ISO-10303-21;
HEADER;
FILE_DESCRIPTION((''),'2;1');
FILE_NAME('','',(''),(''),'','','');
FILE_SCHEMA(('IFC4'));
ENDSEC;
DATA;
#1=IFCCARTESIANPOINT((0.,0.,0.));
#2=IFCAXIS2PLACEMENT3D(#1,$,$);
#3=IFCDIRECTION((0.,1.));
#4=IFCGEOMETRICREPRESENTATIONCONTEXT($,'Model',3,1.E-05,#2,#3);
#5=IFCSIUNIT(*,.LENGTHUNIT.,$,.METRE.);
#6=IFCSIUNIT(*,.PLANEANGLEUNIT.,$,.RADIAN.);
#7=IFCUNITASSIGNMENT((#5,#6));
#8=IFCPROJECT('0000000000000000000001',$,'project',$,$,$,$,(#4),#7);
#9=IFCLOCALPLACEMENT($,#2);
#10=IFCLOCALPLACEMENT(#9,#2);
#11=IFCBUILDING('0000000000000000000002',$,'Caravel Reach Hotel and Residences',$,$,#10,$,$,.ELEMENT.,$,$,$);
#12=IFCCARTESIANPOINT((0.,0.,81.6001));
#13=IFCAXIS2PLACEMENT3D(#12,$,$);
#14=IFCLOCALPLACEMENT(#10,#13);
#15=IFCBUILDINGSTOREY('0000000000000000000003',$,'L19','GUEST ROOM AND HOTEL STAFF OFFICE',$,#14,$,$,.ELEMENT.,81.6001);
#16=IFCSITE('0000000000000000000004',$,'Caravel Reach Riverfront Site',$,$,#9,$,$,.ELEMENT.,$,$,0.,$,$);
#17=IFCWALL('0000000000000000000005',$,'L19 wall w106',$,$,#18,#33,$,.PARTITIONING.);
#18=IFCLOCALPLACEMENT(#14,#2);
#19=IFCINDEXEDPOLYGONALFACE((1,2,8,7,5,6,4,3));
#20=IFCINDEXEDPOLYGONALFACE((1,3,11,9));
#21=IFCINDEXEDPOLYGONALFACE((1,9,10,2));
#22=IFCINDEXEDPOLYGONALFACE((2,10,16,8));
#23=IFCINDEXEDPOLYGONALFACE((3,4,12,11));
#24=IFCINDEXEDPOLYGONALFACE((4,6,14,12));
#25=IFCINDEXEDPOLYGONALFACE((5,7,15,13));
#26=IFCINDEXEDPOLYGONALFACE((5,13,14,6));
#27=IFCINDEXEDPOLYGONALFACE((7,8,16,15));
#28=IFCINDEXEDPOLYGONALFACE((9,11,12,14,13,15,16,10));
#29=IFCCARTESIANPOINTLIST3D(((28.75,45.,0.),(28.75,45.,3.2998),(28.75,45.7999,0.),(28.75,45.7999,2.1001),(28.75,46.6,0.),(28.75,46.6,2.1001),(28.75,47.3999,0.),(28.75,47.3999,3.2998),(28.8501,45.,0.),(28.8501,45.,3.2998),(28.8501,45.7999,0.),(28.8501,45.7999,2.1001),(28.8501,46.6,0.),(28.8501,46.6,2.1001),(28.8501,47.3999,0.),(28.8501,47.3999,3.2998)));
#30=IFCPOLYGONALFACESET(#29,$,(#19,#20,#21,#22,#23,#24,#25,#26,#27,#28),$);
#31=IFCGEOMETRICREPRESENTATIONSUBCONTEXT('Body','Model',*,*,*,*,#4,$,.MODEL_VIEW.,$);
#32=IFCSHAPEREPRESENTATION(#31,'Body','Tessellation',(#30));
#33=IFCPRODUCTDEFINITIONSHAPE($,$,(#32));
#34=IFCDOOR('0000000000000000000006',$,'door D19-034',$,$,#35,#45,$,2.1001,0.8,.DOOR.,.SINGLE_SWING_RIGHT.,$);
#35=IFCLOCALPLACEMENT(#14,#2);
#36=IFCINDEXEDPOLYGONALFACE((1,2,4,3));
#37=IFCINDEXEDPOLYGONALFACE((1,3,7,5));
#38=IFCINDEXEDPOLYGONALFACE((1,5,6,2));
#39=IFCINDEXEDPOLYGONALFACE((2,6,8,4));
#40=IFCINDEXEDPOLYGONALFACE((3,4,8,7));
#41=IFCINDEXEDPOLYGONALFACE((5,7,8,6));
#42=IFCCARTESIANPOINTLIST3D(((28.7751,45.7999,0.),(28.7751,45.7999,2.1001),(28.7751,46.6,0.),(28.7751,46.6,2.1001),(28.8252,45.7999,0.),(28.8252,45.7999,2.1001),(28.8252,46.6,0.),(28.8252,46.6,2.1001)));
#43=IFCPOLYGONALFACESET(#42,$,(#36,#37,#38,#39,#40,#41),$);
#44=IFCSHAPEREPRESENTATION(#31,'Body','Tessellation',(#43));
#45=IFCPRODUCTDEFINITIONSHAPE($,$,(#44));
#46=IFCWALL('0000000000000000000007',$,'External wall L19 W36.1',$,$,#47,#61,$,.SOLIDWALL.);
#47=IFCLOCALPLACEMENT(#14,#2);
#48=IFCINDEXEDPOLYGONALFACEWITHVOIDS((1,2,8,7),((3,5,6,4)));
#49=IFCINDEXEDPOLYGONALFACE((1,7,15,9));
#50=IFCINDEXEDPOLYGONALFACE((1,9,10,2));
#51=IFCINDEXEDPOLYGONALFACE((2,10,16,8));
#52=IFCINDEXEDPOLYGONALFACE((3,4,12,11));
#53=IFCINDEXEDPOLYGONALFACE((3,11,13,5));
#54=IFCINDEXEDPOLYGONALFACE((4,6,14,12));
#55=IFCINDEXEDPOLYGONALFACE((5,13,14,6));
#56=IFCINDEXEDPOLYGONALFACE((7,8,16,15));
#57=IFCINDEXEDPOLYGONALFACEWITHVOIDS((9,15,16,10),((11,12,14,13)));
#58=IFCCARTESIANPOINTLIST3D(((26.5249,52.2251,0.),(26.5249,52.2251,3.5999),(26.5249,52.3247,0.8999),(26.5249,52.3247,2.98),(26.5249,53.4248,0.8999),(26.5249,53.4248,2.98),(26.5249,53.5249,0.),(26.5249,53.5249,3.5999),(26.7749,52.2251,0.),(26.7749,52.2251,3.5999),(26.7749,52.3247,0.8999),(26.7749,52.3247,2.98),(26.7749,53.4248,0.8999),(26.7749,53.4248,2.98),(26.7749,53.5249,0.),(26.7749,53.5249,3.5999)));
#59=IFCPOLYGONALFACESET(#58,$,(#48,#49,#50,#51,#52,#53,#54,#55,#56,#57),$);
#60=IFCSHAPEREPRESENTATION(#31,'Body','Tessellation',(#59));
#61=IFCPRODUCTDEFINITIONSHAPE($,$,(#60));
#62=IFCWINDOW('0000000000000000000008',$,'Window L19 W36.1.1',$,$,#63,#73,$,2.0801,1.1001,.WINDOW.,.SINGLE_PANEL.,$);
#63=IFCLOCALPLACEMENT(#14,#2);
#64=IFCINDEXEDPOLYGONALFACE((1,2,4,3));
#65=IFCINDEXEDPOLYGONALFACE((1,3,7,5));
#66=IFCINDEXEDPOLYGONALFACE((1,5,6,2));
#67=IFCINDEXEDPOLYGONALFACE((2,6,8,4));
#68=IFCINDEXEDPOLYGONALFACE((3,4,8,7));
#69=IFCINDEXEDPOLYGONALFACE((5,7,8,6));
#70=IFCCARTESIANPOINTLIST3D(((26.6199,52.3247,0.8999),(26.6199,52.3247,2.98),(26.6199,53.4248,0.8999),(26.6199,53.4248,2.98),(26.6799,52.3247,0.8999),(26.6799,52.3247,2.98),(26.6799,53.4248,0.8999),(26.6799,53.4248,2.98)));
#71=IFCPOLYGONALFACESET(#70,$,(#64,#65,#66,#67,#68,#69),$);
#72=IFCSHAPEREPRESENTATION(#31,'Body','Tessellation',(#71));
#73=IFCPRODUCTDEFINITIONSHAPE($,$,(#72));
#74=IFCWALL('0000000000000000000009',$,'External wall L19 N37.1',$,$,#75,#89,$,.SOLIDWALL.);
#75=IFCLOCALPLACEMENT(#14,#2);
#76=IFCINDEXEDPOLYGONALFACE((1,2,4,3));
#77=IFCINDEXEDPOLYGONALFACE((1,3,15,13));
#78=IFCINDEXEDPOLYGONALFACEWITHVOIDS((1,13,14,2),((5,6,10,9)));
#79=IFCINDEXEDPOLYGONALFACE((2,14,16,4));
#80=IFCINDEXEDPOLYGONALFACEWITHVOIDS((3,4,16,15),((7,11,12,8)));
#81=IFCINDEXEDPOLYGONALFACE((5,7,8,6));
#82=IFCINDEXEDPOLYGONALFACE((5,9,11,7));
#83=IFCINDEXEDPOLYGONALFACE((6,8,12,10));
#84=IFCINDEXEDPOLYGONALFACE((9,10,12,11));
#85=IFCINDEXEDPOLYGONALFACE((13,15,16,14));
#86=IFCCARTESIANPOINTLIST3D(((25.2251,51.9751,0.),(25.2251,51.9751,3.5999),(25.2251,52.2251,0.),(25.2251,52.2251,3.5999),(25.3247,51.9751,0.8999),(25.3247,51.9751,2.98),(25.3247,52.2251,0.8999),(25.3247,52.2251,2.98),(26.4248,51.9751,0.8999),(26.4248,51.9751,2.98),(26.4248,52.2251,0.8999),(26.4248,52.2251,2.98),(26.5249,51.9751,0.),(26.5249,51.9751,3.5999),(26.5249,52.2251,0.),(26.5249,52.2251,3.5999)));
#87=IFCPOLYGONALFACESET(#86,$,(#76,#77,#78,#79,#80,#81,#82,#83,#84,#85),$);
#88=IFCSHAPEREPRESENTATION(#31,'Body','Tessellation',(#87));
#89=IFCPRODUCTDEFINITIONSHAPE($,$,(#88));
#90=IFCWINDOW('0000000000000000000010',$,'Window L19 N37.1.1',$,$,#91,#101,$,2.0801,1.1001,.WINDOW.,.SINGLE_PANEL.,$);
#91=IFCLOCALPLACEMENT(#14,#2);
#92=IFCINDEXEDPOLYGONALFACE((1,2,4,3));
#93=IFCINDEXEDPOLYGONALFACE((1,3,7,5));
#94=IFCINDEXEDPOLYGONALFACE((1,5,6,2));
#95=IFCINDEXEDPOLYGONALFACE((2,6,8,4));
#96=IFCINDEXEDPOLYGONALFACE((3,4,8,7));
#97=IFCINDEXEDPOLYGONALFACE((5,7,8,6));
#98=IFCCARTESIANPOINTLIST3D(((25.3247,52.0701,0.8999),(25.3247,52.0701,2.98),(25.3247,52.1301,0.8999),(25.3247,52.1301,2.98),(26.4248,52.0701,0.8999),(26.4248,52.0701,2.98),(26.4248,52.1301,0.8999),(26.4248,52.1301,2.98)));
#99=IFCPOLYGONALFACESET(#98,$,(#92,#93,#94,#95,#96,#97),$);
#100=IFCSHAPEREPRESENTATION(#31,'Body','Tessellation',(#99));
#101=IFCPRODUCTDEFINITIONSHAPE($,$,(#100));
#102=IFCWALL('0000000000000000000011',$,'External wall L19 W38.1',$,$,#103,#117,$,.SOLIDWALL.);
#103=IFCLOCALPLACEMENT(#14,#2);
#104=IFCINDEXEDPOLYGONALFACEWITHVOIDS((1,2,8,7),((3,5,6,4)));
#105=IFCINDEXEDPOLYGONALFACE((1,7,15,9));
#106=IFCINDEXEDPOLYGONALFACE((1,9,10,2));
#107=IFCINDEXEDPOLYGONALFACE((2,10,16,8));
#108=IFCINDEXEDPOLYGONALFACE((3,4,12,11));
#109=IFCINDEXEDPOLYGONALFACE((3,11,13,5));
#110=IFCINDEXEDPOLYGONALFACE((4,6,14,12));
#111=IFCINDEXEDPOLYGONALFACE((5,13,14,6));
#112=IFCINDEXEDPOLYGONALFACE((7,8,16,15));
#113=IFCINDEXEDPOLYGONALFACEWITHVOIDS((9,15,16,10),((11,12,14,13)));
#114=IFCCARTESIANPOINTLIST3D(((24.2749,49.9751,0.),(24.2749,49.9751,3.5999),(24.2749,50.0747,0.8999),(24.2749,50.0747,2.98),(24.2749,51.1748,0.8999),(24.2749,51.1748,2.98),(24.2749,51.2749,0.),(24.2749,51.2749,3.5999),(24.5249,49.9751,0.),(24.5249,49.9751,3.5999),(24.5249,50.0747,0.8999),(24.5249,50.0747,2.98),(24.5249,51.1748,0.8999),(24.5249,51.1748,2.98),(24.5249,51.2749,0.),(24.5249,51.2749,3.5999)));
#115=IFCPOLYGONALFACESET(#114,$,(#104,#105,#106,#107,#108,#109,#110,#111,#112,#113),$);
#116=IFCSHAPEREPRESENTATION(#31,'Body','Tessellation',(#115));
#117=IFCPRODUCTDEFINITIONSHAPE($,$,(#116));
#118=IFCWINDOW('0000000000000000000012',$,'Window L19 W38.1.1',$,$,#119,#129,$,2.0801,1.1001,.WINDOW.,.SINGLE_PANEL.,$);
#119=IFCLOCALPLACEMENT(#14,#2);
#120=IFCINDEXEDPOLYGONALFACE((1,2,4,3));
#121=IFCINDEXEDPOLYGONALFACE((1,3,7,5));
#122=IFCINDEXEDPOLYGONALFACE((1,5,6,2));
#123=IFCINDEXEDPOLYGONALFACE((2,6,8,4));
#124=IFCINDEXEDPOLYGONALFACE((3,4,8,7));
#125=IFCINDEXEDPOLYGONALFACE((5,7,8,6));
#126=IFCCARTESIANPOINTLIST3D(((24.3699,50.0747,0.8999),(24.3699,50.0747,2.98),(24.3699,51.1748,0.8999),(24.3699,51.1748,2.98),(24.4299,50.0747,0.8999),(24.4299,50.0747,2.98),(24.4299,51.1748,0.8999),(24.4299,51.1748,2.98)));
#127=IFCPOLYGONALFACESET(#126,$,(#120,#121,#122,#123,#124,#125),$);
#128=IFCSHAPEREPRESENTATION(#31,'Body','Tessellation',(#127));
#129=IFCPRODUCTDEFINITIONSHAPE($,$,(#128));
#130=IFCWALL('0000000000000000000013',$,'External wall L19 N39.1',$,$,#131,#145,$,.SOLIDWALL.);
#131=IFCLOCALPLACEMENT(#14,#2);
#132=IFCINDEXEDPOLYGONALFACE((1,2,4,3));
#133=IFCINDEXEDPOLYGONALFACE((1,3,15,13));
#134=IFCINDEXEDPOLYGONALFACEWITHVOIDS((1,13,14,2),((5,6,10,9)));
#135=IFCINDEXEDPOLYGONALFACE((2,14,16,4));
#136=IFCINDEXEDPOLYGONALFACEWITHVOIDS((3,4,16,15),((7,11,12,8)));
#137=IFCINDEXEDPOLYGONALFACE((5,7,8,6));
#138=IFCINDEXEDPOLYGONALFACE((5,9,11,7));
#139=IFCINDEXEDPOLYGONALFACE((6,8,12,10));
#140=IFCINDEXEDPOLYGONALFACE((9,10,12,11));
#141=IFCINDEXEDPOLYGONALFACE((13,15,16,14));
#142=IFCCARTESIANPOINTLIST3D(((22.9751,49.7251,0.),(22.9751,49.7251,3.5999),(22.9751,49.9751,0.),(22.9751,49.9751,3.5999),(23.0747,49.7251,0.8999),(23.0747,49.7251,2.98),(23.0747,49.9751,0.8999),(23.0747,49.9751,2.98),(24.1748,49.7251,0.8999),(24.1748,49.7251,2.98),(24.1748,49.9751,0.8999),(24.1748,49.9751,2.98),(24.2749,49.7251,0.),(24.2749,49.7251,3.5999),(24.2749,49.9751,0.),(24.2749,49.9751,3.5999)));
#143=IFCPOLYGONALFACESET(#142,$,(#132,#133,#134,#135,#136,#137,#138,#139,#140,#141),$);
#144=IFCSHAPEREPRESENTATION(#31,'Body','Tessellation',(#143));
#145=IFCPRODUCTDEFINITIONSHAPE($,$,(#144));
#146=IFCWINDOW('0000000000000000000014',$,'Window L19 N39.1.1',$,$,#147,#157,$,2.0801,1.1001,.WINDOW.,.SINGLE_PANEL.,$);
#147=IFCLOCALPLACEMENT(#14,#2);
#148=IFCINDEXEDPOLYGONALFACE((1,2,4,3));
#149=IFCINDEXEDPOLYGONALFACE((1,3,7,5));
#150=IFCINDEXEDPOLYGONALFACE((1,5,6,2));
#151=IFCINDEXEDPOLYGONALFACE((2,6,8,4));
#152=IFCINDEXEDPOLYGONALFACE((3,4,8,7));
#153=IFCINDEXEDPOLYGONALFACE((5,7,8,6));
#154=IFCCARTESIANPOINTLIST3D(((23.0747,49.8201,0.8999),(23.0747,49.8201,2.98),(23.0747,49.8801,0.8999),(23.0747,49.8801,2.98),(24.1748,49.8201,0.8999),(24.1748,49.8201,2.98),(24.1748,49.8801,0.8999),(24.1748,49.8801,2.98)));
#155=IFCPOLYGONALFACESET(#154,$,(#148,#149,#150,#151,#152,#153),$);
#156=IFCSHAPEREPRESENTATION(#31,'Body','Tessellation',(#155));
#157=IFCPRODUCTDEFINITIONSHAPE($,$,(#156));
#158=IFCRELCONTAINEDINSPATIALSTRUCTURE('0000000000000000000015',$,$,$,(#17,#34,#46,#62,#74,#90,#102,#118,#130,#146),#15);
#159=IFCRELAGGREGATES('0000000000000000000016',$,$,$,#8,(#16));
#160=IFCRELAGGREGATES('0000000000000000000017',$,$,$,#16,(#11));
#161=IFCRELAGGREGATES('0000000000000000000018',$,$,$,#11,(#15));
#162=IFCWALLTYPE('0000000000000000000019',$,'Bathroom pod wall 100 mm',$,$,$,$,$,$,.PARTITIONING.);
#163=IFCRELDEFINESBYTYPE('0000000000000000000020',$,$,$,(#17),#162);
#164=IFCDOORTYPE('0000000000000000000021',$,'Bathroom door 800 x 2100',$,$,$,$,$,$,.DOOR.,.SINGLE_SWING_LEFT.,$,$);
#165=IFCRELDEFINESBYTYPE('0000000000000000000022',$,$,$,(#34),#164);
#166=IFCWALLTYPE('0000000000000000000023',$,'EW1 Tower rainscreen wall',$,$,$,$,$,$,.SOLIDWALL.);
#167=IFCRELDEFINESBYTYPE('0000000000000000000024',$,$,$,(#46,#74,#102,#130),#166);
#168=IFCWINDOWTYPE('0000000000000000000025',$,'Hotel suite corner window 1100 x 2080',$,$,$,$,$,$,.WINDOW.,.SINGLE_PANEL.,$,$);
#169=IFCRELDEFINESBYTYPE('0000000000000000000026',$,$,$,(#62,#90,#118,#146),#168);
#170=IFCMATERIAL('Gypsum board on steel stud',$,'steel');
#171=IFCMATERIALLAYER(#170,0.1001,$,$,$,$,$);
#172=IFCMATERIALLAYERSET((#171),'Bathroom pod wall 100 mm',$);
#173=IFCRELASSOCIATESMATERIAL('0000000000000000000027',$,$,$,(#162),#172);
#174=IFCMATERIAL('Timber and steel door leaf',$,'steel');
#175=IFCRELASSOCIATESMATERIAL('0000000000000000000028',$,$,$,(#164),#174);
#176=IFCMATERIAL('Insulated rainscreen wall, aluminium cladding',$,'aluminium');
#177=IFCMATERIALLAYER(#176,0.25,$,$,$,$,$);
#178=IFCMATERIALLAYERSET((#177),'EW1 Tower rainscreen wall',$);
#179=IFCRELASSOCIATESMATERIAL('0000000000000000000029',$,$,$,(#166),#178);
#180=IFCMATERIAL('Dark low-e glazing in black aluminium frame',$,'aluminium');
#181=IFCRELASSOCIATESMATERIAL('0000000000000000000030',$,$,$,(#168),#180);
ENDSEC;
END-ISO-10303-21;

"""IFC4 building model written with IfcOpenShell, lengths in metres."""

from ifc_helpers import new_model, si_unit, direction, frame, frame_2d, origin, place, context, subcontext, project, spatial, rectangle, extrude, material, layer, layer_set, type_object, element, fill, save


model = new_model("IFC4")

# Units and contexts
model_context = context("Model", 3, precision=1e-05, world=origin(), true_north=direction((0.0, 1.0)))
body_context = subcontext(model_context, "Body", "Model", "MODEL_VIEW")
ifc_project = project(units=[si_unit("LENGTHUNIT", "METRE"), si_unit("PLANEANGLEUNIT", "RADIAN")], contexts=[model_context])

# Site, building, storey
site_placement = place(None, origin())
site = spatial("IfcSite", under=ifc_project, at=site_placement, Name="Caravel Reach Riverfront Site", CompositionType="ELEMENT", RefElevation=0.0)
building_placement = place(site_placement, origin())
building = spatial("IfcBuilding", under=site, at=building_placement, Name="Caravel Reach Hotel and Residences", CompositionType="ELEMENT")
storey_placement = place(building_placement, frame((0.0, 0.0, 81.6001)))
storey = spatial("IfcBuildingStorey", under=building, at=storey_placement, Name="L19", Description="GUEST ROOM AND HOTEL STAFF OFFICE", CompositionType="ELEMENT", Elevation=81.6001)

# Shared definitions
ifc_material_1 = material(Name="Gypsum board on steel stud", Category="steel")
ifc_layer_1 = layer(ifc_material_1, 0.1001)
ifc_layer_set_1 = layer_set([ifc_layer_1], Name="Bathroom pod wall 100 mm")
wall_type_1 = type_object("IfcWallType", Name="Bathroom pod wall 100 mm", PredefinedType="PARTITIONING", material=ifc_layer_set_1)

# Wall, opening, door
wall_1_placement = place(storey_placement, frame((28.8, 45.0, 0.0), z_axis=(0.0, 0.0, 1.0), x_axis=(0.0, 1.0, 0.0)))
wall_1 = element("IfcWall", 1, at=wall_1_placement, inside=storey, type_object=wall_type_1, Name="L19 wall w106", PredefinedType="PARTITIONING", context=body_context, shape_type="SweptSolid", body=[
    extrude(rectangle(XDim=2.3999, YDim=0.1001, at=frame_2d((1.2, 0.0))), origin(), (0.0, 0.0, 1.0), 3.2998),
])
opening_1_placement = place(wall_1_placement, frame((0.8, 0.0, 0.0)))
opening_1 = element("IfcOpeningElement", 2, at=opening_1_placement, cuts=wall_1, PredefinedType="OPENING", context=body_context, shape_type="SweptSolid", body=[
    extrude(rectangle(XDim=0.8, YDim=2.1001, at=frame_2d((0.3999, 1.05))), frame((0.0, 0.0601, 0.0), z_axis=(0.0, -1.0, 0.0), x_axis=(1.0, 0.0, 0.0)), (0.0, 0.0, 1.0), 0.1201),
])
ifc_material_2 = material(Name="Timber and steel door leaf", Category="steel")
door_type = type_object("IfcDoorType", Name="Bathroom door 800 x 2100", OperationType="SINGLE_SWING_LEFT", PredefinedType="DOOR", material=ifc_material_2)
door_placement = place(opening_1_placement, origin())
door = element("IfcDoor", 3, at=door_placement, inside=storey, type_object=door_type, Name="door D19-034", OperationType="SINGLE_SWING_RIGHT", OverallHeight=2.1001, OverallWidth=0.8, PredefinedType="DOOR", context=body_context, shape_type="SweptSolid", body=[
    extrude(rectangle(XDim=0.8, YDim=2.1001, at=frame_2d((0.3999, 1.05))), frame((0.0, 0.0249, 0.0), z_axis=(0.0, -1.0, 0.0), x_axis=(1.0, 0.0, 0.0)), (0.0, 0.0, 1.0), 0.05),
])
fill(opening_1, door)

# Walls, openings, windows
ifc_material_3 = material(Name="Insulated rainscreen wall, aluminium cladding", Category="aluminium")
ifc_layer_2 = layer(ifc_material_3, 0.25)
ifc_layer_set_2 = layer_set([ifc_layer_2], Name="EW1 Tower rainscreen wall")
wall_type_2 = type_object("IfcWallType", Name="EW1 Tower rainscreen wall", PredefinedType="SOLIDWALL", material=ifc_layer_set_2)
wall_2_placement = place(storey_placement, frame((26.6499, 53.5249, 0.0), z_axis=(0.0, 0.0, 1.0), x_axis=(0.0, -1.0, 0.0)))
wall_2 = element("IfcWall", 4, at=wall_2_placement, inside=storey, type_object=wall_type_2, Name="External wall L19 W36.1", PredefinedType="SOLIDWALL", context=body_context, shape_type="SweptSolid", body=[
    extrude(rectangle(XDim=1.2998, YDim=0.25, at=frame_2d((0.6499, 0.0))), origin(), (0.0, 0.0, 1.0), 3.5999),
])
opening_2_placement = place(wall_2_placement, frame((0.1001, 0.0, 0.8999)))
opening_2 = element("IfcOpeningElement", 5, at=opening_2_placement, cuts=wall_2, PredefinedType="OPENING", context=body_context, shape_type="SweptSolid", body=[
    extrude(rectangle(XDim=1.1001, YDim=2.0801, at=frame_2d((0.55, 1.04))), frame((0.0, 0.135, 0.0), z_axis=(0.0, -1.0, 0.0), x_axis=(1.0, 0.0, 0.0)), (0.0, 0.0, 1.0), 0.27),
])
ifc_material_4 = material(Name="Dark low-e glazing in black aluminium frame", Category="aluminium")
window_type_1 = type_object("IfcWindowType", Name="Hotel suite corner window 1100 x 2080", PartitioningType="SINGLE_PANEL", PredefinedType="WINDOW", material=ifc_material_4)
window_1_placement = place(opening_2_placement, origin())
window_1 = element("IfcWindow", 6, at=window_1_placement, inside=storey, type_object=window_type_1, Name="Window L19 W36.1.1", OverallHeight=2.0801, OverallWidth=1.1001, PartitioningType="SINGLE_PANEL", PredefinedType="WINDOW", context=body_context, shape_type="SweptSolid", body=[
    extrude(rectangle(XDim=1.1001, YDim=2.0801, at=frame_2d((0.55, 1.04))), frame((0.0, 0.03, 0.0), z_axis=(0.0, -1.0, 0.0), x_axis=(1.0, 0.0, 0.0)), (0.0, 0.0, 1.0), 0.0601),
])
fill(opening_2, window_1)
wall_3_placement = place(storey_placement, frame((26.5249, 52.1001, 0.0), z_axis=(0.0, 0.0, 1.0), x_axis=(-1.0, 0.0, 0.0)))
wall_3 = element("IfcWall", 7, at=wall_3_placement, inside=storey, type_object=wall_type_2, Name="External wall L19 N37.1", PredefinedType="SOLIDWALL", context=body_context, shape_type="SweptSolid", body=[
    extrude(rectangle(XDim=1.2998, YDim=0.25, at=frame_2d((0.6499, 0.0))), origin(), (0.0, 0.0, 1.0), 3.5999),
])
opening_3_placement = place(wall_3_placement, frame((0.1001, 0.0, 0.8999)))
opening_3 = element("IfcOpeningElement", 8, at=opening_3_placement, cuts=wall_3, PredefinedType="OPENING", context=body_context, shape_type="SweptSolid", body=[
    extrude(rectangle(XDim=1.1001, YDim=2.0801, at=frame_2d((0.55, 1.04))), frame((0.0, 0.135, 0.0), z_axis=(0.0, -1.0, 0.0), x_axis=(1.0, 0.0, 0.0)), (0.0, 0.0, 1.0), 0.27),
])
window_2_placement = place(opening_3_placement, origin())
window_2 = element("IfcWindow", 9, at=window_2_placement, inside=storey, type_object=window_type_1, Name="Window L19 N37.1.1", OverallHeight=2.0801, OverallWidth=1.1001, PartitioningType="SINGLE_PANEL", PredefinedType="WINDOW", context=body_context, shape_type="SweptSolid", body=[
    extrude(rectangle(XDim=1.1001, YDim=2.0801, at=frame_2d((0.55, 1.04))), frame((0.0, 0.03, 0.0), z_axis=(0.0, -1.0, 0.0), x_axis=(1.0, 0.0, 0.0)), (0.0, 0.0, 1.0), 0.0601),
])
fill(opening_3, window_2)
wall_4_placement = place(storey_placement, frame((24.3999, 51.2749, 0.0), z_axis=(0.0, 0.0, 1.0), x_axis=(0.0, -1.0, 0.0)))
wall_4 = element("IfcWall", 10, at=wall_4_placement, inside=storey, type_object=wall_type_2, Name="External wall L19 W38.1", PredefinedType="SOLIDWALL", context=body_context, shape_type="SweptSolid", body=[
    extrude(rectangle(XDim=1.2998, YDim=0.25, at=frame_2d((0.6499, 0.0))), origin(), (0.0, 0.0, 1.0), 3.5999),
])
opening_4_placement = place(wall_4_placement, frame((0.1001, 0.0, 0.8999)))
opening_4 = element("IfcOpeningElement", 11, at=opening_4_placement, cuts=wall_4, PredefinedType="OPENING", context=body_context, shape_type="SweptSolid", body=[
    extrude(rectangle(XDim=1.1001, YDim=2.0801, at=frame_2d((0.55, 1.04))), frame((0.0, 0.135, 0.0), z_axis=(0.0, -1.0, 0.0), x_axis=(1.0, 0.0, 0.0)), (0.0, 0.0, 1.0), 0.27),
])
window_3_placement = place(opening_4_placement, origin())
window_3 = element("IfcWindow", 12, at=window_3_placement, inside=storey, type_object=window_type_1, Name="Window L19 W38.1.1", OverallHeight=2.0801, OverallWidth=1.1001, PartitioningType="SINGLE_PANEL", PredefinedType="WINDOW", context=body_context, shape_type="SweptSolid", body=[
    extrude(rectangle(XDim=1.1001, YDim=2.0801, at=frame_2d((0.55, 1.04))), frame((0.0, 0.03, 0.0), z_axis=(0.0, -1.0, 0.0), x_axis=(1.0, 0.0, 0.0)), (0.0, 0.0, 1.0), 0.0601),
])
fill(opening_4, window_3)
wall_5_placement = place(storey_placement, frame((24.2749, 49.8501, 0.0), z_axis=(0.0, 0.0, 1.0), x_axis=(-1.0, 0.0, 0.0)))
wall_5 = element("IfcWall", 13, at=wall_5_placement, inside=storey, type_object=wall_type_2, Name="External wall L19 N39.1", PredefinedType="SOLIDWALL", context=body_context, shape_type="SweptSolid", body=[
    extrude(rectangle(XDim=1.2998, YDim=0.25, at=frame_2d((0.6499, 0.0))), origin(), (0.0, 0.0, 1.0), 3.5999),
])
opening_5_placement = place(wall_5_placement, frame((0.1001, 0.0, 0.8999)))
opening_5 = element("IfcOpeningElement", 14, at=opening_5_placement, cuts=wall_5, PredefinedType="OPENING", context=body_context, shape_type="SweptSolid", body=[
    extrude(rectangle(XDim=1.1001, YDim=2.0801, at=frame_2d((0.55, 1.04))), frame((0.0, 0.135, 0.0), z_axis=(0.0, -1.0, 0.0), x_axis=(1.0, 0.0, 0.0)), (0.0, 0.0, 1.0), 0.27),
])
window_4_placement = place(opening_5_placement, origin())
window_4 = element("IfcWindow", 15, at=window_4_placement, inside=storey, type_object=window_type_1, Name="Window L19 N39.1.1", OverallHeight=2.0801, OverallWidth=1.1001, PartitioningType="SINGLE_PANEL", PredefinedType="WINDOW", context=body_context, shape_type="SweptSolid", body=[
    extrude(rectangle(XDim=1.1001, YDim=2.0801, at=frame_2d((0.55, 1.04))), frame((0.0, 0.03, 0.0), z_axis=(0.0, -1.0, 0.0), x_axis=(1.0, 0.0, 0.0)), (0.0, 0.0, 1.0), 0.0601),
])
fill(opening_5, window_4)

save(model, "model.ifc")
